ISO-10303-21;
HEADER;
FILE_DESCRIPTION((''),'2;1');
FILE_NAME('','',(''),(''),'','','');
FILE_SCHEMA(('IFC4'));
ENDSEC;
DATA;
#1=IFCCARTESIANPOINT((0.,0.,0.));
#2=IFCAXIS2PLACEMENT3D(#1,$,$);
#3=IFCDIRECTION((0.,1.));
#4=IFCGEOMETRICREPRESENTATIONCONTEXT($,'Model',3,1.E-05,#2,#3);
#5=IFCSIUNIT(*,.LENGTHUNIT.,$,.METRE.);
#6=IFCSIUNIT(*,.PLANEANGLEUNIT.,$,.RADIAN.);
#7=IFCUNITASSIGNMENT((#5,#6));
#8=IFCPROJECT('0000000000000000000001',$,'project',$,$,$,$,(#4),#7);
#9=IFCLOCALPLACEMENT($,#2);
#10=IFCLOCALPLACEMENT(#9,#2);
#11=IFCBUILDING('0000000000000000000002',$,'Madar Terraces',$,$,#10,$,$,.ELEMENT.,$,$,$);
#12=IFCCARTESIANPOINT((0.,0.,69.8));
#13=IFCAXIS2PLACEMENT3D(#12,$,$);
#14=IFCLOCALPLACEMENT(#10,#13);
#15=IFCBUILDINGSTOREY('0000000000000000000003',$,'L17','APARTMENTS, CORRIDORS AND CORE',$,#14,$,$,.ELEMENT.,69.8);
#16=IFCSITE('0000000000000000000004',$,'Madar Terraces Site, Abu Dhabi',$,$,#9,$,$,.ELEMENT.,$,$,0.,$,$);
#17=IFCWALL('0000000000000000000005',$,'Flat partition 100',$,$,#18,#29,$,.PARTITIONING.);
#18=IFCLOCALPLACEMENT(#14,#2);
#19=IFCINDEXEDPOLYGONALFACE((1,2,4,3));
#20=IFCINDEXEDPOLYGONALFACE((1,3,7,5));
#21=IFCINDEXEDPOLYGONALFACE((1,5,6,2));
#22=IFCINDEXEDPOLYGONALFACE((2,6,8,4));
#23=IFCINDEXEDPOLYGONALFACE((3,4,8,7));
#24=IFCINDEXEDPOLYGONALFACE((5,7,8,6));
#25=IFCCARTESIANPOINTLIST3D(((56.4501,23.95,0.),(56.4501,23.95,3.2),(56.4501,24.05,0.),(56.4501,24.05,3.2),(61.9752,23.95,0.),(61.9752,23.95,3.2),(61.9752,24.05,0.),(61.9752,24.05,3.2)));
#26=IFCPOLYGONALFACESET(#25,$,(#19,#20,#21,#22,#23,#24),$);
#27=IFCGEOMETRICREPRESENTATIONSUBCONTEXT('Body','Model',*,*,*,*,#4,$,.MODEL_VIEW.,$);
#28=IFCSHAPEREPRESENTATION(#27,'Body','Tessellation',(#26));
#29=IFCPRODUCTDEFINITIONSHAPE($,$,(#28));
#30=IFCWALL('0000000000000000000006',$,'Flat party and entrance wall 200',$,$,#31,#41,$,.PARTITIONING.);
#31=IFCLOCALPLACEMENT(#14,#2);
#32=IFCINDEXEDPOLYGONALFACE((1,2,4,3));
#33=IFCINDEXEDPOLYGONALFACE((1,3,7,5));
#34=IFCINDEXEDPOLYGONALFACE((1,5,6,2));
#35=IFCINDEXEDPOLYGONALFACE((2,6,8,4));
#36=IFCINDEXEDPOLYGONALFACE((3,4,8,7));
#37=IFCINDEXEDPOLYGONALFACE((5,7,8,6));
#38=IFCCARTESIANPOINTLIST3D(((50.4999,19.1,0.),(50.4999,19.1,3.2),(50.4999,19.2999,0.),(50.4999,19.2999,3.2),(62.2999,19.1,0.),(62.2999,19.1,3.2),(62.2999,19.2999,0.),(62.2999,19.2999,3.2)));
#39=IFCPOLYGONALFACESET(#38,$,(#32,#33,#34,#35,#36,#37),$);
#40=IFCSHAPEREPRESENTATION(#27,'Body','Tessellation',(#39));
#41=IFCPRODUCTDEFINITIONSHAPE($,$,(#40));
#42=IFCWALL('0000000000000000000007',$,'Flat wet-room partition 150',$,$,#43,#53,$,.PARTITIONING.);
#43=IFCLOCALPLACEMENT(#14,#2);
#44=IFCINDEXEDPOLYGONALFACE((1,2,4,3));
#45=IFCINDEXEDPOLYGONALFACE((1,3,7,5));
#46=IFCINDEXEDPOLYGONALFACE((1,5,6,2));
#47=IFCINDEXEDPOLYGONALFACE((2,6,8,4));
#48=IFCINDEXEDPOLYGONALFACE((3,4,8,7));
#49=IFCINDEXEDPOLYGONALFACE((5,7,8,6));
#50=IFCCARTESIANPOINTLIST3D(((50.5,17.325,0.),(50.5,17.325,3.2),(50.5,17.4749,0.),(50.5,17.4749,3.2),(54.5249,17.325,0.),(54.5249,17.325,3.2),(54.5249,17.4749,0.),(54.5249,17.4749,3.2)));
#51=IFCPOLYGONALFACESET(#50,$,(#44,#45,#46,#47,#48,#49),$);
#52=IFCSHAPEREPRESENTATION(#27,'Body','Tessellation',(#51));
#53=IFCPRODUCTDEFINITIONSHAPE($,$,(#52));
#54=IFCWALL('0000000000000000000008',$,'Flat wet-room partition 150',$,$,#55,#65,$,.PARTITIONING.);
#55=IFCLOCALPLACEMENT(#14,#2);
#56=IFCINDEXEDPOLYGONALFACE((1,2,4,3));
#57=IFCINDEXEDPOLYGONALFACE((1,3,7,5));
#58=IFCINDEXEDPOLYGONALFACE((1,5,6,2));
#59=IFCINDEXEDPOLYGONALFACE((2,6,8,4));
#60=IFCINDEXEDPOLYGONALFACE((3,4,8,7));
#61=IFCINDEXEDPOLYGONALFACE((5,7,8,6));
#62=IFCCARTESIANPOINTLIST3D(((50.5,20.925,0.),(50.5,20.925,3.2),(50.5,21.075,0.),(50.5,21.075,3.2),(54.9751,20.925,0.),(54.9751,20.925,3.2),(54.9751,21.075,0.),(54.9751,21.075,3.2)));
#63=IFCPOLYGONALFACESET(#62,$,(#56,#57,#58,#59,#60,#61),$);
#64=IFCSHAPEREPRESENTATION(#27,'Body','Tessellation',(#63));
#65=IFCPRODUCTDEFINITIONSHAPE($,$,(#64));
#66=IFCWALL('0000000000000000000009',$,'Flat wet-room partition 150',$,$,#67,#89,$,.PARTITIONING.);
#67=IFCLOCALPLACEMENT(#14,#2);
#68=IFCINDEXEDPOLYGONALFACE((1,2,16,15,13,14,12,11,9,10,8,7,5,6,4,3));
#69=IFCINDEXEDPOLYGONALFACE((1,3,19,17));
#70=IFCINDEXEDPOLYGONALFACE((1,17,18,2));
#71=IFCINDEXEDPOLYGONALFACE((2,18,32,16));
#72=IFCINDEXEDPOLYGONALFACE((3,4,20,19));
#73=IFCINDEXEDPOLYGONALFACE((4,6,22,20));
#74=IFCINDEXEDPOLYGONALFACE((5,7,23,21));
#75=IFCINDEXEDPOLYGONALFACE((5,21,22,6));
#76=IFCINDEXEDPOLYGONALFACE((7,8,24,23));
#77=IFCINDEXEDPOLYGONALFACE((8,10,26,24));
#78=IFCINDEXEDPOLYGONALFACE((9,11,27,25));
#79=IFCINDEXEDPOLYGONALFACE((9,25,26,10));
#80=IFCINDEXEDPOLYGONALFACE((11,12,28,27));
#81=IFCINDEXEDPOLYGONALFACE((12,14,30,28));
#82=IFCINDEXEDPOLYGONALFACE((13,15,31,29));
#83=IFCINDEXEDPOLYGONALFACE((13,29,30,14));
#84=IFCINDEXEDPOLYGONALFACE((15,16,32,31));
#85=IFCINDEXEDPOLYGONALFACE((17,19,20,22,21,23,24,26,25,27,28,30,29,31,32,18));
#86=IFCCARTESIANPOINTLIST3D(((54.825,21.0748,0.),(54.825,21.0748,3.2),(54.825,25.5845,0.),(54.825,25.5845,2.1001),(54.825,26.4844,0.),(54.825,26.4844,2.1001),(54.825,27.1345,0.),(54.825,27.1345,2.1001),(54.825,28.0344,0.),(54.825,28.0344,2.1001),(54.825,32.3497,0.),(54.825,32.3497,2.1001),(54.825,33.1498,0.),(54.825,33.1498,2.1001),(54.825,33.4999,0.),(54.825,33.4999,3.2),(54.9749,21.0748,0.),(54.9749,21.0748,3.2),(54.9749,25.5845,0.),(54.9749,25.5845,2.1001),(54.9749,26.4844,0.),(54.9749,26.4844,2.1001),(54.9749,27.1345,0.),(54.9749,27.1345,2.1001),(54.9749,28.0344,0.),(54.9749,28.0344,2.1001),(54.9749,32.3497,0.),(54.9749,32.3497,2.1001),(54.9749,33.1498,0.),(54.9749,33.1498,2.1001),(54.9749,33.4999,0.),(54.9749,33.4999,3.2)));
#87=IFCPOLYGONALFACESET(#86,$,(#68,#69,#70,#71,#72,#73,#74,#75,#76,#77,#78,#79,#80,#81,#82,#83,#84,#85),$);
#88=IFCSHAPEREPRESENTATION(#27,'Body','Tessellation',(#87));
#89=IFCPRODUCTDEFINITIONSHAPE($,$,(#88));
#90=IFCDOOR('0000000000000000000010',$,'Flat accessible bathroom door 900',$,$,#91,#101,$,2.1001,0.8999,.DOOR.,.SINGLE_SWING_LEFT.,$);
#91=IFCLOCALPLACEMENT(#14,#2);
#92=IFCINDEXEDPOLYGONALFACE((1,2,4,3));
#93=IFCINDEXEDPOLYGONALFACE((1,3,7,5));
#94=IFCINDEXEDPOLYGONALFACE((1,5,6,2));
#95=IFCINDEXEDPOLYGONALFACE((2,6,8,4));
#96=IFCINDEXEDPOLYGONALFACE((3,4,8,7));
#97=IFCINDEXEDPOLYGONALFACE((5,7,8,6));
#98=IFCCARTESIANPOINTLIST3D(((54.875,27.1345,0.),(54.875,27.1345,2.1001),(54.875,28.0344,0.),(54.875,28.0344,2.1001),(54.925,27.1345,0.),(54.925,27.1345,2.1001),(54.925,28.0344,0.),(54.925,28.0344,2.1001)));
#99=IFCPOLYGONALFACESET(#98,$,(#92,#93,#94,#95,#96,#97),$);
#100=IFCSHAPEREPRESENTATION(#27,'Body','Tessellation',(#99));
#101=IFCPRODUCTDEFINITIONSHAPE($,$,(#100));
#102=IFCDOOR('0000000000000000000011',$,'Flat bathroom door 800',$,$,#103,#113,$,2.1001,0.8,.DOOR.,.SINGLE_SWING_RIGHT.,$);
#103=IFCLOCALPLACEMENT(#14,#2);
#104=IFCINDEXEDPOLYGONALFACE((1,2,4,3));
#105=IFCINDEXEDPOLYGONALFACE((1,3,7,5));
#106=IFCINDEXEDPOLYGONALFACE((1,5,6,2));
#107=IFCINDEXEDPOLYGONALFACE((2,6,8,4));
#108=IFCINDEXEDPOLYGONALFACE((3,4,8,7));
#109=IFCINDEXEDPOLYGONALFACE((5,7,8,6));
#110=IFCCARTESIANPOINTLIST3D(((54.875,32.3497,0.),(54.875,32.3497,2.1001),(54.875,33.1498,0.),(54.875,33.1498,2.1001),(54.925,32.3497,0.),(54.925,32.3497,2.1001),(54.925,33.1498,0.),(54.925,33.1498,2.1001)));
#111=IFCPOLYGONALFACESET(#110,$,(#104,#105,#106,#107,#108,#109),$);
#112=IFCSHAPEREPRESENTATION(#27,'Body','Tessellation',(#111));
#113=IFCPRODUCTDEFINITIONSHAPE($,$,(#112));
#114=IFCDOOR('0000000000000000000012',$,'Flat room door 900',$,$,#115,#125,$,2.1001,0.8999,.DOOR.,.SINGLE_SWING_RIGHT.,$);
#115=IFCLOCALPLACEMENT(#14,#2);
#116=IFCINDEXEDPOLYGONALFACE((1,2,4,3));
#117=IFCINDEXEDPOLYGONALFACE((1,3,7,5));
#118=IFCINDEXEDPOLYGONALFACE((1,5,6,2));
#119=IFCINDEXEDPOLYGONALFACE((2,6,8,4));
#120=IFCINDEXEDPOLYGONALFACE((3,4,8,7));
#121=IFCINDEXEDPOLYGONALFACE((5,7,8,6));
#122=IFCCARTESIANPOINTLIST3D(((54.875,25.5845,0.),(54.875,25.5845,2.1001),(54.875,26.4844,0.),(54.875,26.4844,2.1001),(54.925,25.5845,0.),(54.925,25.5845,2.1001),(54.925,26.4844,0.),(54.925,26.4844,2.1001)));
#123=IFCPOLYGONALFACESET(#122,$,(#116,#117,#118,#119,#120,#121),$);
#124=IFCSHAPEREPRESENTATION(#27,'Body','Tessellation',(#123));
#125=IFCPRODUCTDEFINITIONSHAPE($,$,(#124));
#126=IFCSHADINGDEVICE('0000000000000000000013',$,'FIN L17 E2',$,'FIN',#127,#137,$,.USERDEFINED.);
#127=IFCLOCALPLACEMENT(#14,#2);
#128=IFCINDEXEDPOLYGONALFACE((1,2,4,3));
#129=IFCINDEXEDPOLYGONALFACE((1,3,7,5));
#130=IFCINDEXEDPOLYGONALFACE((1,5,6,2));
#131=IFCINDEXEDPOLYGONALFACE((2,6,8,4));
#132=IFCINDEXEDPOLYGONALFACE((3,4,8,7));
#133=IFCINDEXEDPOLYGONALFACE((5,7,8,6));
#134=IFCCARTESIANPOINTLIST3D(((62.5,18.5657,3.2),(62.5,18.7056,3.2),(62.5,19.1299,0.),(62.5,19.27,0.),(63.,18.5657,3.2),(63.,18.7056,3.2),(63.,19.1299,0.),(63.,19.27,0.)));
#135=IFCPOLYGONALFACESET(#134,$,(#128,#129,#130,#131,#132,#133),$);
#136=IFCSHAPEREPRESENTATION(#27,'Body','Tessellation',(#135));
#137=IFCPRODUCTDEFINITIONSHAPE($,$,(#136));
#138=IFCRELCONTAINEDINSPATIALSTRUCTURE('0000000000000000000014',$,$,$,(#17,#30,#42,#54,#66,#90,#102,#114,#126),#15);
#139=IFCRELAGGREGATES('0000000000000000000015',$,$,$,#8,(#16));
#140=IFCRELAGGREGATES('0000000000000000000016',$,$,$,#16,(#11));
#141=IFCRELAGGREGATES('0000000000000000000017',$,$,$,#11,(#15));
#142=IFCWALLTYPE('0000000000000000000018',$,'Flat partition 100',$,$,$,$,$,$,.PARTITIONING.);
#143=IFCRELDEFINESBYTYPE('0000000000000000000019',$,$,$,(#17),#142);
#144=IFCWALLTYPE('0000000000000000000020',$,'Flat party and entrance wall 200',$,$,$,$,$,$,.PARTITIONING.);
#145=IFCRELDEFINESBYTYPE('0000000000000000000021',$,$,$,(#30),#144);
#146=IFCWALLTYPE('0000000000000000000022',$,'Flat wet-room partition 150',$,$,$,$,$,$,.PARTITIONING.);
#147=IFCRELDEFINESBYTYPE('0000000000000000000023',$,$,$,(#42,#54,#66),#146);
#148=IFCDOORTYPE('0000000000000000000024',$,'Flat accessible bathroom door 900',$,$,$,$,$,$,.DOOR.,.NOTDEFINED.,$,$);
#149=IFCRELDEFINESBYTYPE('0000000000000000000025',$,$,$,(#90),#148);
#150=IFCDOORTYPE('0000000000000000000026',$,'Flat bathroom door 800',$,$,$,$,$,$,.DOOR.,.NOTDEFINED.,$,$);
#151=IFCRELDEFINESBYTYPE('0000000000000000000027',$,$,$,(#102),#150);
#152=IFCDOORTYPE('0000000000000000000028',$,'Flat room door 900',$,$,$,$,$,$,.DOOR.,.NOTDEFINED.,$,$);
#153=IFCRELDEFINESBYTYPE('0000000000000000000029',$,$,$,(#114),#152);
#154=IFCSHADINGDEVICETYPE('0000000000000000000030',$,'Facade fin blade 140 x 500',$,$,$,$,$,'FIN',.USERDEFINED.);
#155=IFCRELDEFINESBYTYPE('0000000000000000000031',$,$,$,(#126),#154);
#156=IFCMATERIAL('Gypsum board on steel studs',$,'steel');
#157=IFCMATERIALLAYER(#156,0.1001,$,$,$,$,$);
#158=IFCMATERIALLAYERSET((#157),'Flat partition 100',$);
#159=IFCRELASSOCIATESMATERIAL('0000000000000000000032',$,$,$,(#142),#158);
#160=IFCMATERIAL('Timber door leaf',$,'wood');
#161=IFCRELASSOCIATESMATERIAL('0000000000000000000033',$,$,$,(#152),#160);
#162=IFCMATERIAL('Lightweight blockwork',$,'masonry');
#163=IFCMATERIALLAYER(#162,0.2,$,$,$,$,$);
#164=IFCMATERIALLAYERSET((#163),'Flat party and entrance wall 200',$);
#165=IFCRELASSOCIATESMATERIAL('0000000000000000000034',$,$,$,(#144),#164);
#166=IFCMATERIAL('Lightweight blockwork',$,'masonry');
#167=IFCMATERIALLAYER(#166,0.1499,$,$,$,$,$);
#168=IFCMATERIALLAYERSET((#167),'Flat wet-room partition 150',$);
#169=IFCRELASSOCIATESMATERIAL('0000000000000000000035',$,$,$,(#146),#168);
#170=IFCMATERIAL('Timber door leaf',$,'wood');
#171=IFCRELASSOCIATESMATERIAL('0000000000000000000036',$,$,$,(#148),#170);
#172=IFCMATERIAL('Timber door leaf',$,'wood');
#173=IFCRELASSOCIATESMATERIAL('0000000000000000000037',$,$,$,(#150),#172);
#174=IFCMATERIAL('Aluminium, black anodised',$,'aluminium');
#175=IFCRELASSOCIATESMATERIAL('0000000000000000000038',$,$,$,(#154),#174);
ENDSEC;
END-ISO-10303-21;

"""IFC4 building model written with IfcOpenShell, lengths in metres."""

from ifc_helpers import new_model, si_unit, direction, frame, frame_2d, origin, place, context, subcontext, project, spatial, polyline, rectangle, outline, extrude, material, layer, layer_set, type_object, element, fill, save


model = new_model("IFC4")

# Units and contexts
model_context = context("Model", 3, precision=1e-05, world=origin(), true_north=direction((0.0, 1.0)))
body_context = subcontext(model_context, "Body", "Model", "MODEL_VIEW")
ifc_project = project(units=[si_unit("LENGTHUNIT", "METRE"), si_unit("PLANEANGLEUNIT", "RADIAN")], contexts=[model_context])

# Site, building, storey
site_placement = place(None, origin())
site = spatial("IfcSite", under=ifc_project, at=site_placement, Name="Madar Terraces Site, Abu Dhabi", CompositionType="ELEMENT", RefElevation=0.0)
building_placement = place(site_placement, origin())
building = spatial("IfcBuilding", under=site, at=building_placement, Name="Madar Terraces", CompositionType="ELEMENT")
storey_placement = place(building_placement, frame((0.0, 0.0, 69.8)))
storey = spatial("IfcBuildingStorey", under=building, at=storey_placement, Name="L17", Description="APARTMENTS, CORRIDORS AND CORE", CompositionType="ELEMENT", Elevation=69.8)

# Shared definitions
ifc_material_1 = material(Name="Gypsum board on steel studs", Category="steel")
ifc_layer_1 = layer(ifc_material_1, 0.1001)
ifc_layer_set_1 = layer_set([ifc_layer_1], Name="Flat partition 100")
wall_type_1 = type_object("IfcWallType", Name="Flat partition 100", PredefinedType="PARTITIONING", material=ifc_layer_set_1)
ifc_material_2 = material(Name="Timber door leaf", Category="wood")
door_type_1 = type_object("IfcDoorType", Name="Flat room door 900", OperationType="NOTDEFINED", PredefinedType="DOOR", material=ifc_material_2)

# Walls
wall_1_placement = place(storey_placement, frame((56.45, 24.0, 0.0), z_axis=(0.0, 0.0, 1.0), x_axis=(1.0, 0.0, 0.0)))
element("IfcWall", 1, at=wall_1_placement, inside=storey, type_object=wall_type_1, Name="Flat partition 100", PredefinedType="PARTITIONING", context=body_context, shape_type="SweptSolid", body=[
    extrude(rectangle(XDim=5.5251, YDim=0.1001, at=frame_2d((2.7627, 0.0))), origin(), (0.0, 0.0, 1.0), 3.2),
])
ifc_material_3 = material(Name="Lightweight blockwork", Category="masonry")
ifc_layer_2 = layer(ifc_material_3, 0.2)
ifc_layer_set_2 = layer_set([ifc_layer_2], Name="Flat party and entrance wall 200")
wall_type_2 = type_object("IfcWallType", Name="Flat party and entrance wall 200", PredefinedType="PARTITIONING", material=ifc_layer_set_2)
wall_2_placement = place(storey_placement, frame((50.5, 19.2, 0.0), z_axis=(0.0, 0.0, 1.0), x_axis=(1.0, 0.0, 0.0)))
element("IfcWall", 2, at=wall_2_placement, inside=storey, type_object=wall_type_2, Name="Flat party and entrance wall 200", PredefinedType="PARTITIONING", context=body_context, shape_type="SweptSolid", body=[
    extrude(rectangle(XDim=11.8, YDim=0.2, at=frame_2d((5.8999, 0.0))), origin(), (0.0, 0.0, 1.0), 3.2),
])
ifc_material_4 = material(Name="Lightweight blockwork", Category="masonry")
ifc_layer_3 = layer(ifc_material_4, 0.1499)
ifc_layer_set_3 = layer_set([ifc_layer_3], Name="Flat wet-room partition 150")
wall_type_3 = type_object("IfcWallType", Name="Flat wet-room partition 150", PredefinedType="PARTITIONING", material=ifc_layer_set_3)
wall_3_placement = place(storey_placement, frame((50.5, 17.3999, 0.0), z_axis=(0.0, 0.0, 1.0), x_axis=(1.0, 0.0, 0.0)))
element("IfcWall", 3, at=wall_3_placement, inside=storey, type_object=wall_type_3, Name="Flat wet-room partition 150", PredefinedType="PARTITIONING", context=body_context, shape_type="SweptSolid", body=[
    extrude(rectangle(XDim=4.0249, YDim=0.1499, at=frame_2d((2.0125, 0.0))), origin(), (0.0, 0.0, 1.0), 3.2),
])
wall_4_placement = place(storey_placement, frame((50.5, 21.0, 0.0), z_axis=(0.0, 0.0, 1.0), x_axis=(1.0, 0.0, 0.0)))
element("IfcWall", 4, at=wall_4_placement, inside=storey, type_object=wall_type_3, Name="Flat wet-room partition 150", PredefinedType="PARTITIONING", context=body_context, shape_type="SweptSolid", body=[
    extrude(rectangle(XDim=4.4751, YDim=0.1499, at=frame_2d((2.2375, 0.0))), origin(), (0.0, 0.0, 1.0), 3.2),
])

# Wall, openings, doors
wall_5_placement = place(storey_placement, frame((54.8999, 21.075, 0.0), z_axis=(0.0, 0.0, 1.0), x_axis=(0.0, 1.0, 0.0)))
wall_5 = element("IfcWall", 5, at=wall_5_placement, inside=storey, type_object=wall_type_3, Name="Flat wet-room partition 150", PredefinedType="PARTITIONING", context=body_context, shape_type="SweptSolid", body=[
    extrude(rectangle(XDim=12.425, YDim=0.1499, at=frame_2d((6.2124, 0.0))), origin(), (0.0, 0.0, 1.0), 3.2),
])
opening_1_placement = place(wall_5_placement, frame((4.5095, 0.0, 0.0)))
opening_1 = element("IfcOpeningElement", 6, at=opening_1_placement, cuts=wall_5, PredefinedType="OPENING", context=body_context, shape_type="SweptSolid", body=[
    extrude(rectangle(XDim=0.8999, YDim=2.1001, at=frame_2d((0.45, 1.05))), frame((0.0, 0.085, 0.0), z_axis=(0.0, -1.0, 0.0), x_axis=(1.0, 0.0, 0.0)), (0.0, 0.0, 1.0), 0.1699),
])
opening_2_placement = place(wall_5_placement, frame((6.0596, 0.0, 0.0)))
opening_2 = element("IfcOpeningElement", 7, at=opening_2_placement, cuts=wall_5, PredefinedType="OPENING", context=body_context, shape_type="SweptSolid", body=[
    extrude(rectangle(XDim=0.8999, YDim=2.1001, at=frame_2d((0.45, 1.05))), frame((0.0, 0.085, 0.0), z_axis=(0.0, -1.0, 0.0), x_axis=(1.0, 0.0, 0.0)), (0.0, 0.0, 1.0), 0.1699),
])
opening_3_placement = place(wall_5_placement, frame((11.2749, 0.0, 0.0)))
opening_3 = element("IfcOpeningElement", 8, at=opening_3_placement, cuts=wall_5, PredefinedType="OPENING", context=body_context, shape_type="SweptSolid", body=[
    extrude(rectangle(XDim=0.8, YDim=2.1001, at=frame_2d((0.3999, 1.05))), frame((0.0, 0.085, 0.0), z_axis=(0.0, -1.0, 0.0), x_axis=(1.0, 0.0, 0.0)), (0.0, 0.0, 1.0), 0.1699),
])
ifc_material_5 = material(Name="Timber door leaf", Category="wood")
door_type_2 = type_object("IfcDoorType", Name="Flat accessible bathroom door 900", OperationType="NOTDEFINED", PredefinedType="DOOR", material=ifc_material_5)
door_1_placement = place(opening_2_placement, origin())
door_1 = element("IfcDoor", 9, at=door_1_placement, inside=storey, type_object=door_type_2, Name="Flat accessible bathroom door 900", OperationType="SINGLE_SWING_LEFT", OverallHeight=2.1001, OverallWidth=0.8999, PredefinedType="DOOR", context=body_context, shape_type="SweptSolid", body=[
    extrude(rectangle(XDim=0.8999, YDim=2.1001, at=frame_2d((0.45, 1.05))), frame((0.0, 0.0249, 0.0), z_axis=(0.0, -1.0, 0.0), x_axis=(1.0, 0.0, 0.0)), (0.0, 0.0, 1.0), 0.05),
])
fill(opening_2, door_1)
ifc_material_6 = material(Name="Timber door leaf", Category="wood")
door_type_3 = type_object("IfcDoorType", Name="Flat bathroom door 800", OperationType="NOTDEFINED", PredefinedType="DOOR", material=ifc_material_6)
door_2_placement = place(opening_3_placement, origin())
door_2 = element("IfcDoor", 10, at=door_2_placement, inside=storey, type_object=door_type_3, Name="Flat bathroom door 800", OperationType="SINGLE_SWING_RIGHT", OverallHeight=2.1001, OverallWidth=0.8, PredefinedType="DOOR", context=body_context, shape_type="SweptSolid", body=[
    extrude(rectangle(XDim=0.8, YDim=2.1001, at=frame_2d((0.3999, 1.05))), frame((0.0, 0.0249, 0.0), z_axis=(0.0, -1.0, 0.0), x_axis=(1.0, 0.0, 0.0)), (0.0, 0.0, 1.0), 0.05),
])
fill(opening_3, door_2)
door_3_placement = place(opening_1_placement, origin())
door_3 = element("IfcDoor", 11, at=door_3_placement, inside=storey, type_object=door_type_1, Name="Flat room door 900", OperationType="SINGLE_SWING_RIGHT", OverallHeight=2.1001, OverallWidth=0.8999, PredefinedType="DOOR", context=body_context, shape_type="SweptSolid", body=[
    extrude(rectangle(XDim=0.8999, YDim=2.1001, at=frame_2d((0.45, 1.05))), frame((0.0, 0.0249, 0.0), z_axis=(0.0, -1.0, 0.0), x_axis=(1.0, 0.0, 0.0)), (0.0, 0.0, 1.0), 0.05),
])
fill(opening_1, door_3)

# Shading device
ifc_material_7 = material(Name="Aluminium, black anodised", Category="aluminium")
shading_device_type = type_object("IfcShadingDeviceType", Name="Facade fin blade 140 x 500", ElementType="FIN", PredefinedType="USERDEFINED", material=ifc_material_7)
shading_device_placement = place(storey_placement, frame((62.75, 19.1299, 0.0), z_axis=(0.0, 0.0, 1.0), x_axis=(0.0, 1.0, 0.0)))
element("IfcShadingDevice", 12, at=shading_device_placement, inside=storey, type_object=shading_device_type, Name="FIN L17 E2", ObjectType="FIN", PredefinedType="USERDEFINED", context=body_context, shape_type="SweptSolid", body=[
    extrude(outline(polyline([(0.0, 0.0), (0.1401, 0.0), (-0.4243, 3.2), (-0.5642, 3.2), (0.0, 0.0)])), frame((0.0, 0.25, 0.0), z_axis=(0.0, -1.0, 0.0), x_axis=(1.0, 0.0, 0.0)), (0.0, 0.0, 1.0), 0.5),
])

save(model, "model.ifc")
